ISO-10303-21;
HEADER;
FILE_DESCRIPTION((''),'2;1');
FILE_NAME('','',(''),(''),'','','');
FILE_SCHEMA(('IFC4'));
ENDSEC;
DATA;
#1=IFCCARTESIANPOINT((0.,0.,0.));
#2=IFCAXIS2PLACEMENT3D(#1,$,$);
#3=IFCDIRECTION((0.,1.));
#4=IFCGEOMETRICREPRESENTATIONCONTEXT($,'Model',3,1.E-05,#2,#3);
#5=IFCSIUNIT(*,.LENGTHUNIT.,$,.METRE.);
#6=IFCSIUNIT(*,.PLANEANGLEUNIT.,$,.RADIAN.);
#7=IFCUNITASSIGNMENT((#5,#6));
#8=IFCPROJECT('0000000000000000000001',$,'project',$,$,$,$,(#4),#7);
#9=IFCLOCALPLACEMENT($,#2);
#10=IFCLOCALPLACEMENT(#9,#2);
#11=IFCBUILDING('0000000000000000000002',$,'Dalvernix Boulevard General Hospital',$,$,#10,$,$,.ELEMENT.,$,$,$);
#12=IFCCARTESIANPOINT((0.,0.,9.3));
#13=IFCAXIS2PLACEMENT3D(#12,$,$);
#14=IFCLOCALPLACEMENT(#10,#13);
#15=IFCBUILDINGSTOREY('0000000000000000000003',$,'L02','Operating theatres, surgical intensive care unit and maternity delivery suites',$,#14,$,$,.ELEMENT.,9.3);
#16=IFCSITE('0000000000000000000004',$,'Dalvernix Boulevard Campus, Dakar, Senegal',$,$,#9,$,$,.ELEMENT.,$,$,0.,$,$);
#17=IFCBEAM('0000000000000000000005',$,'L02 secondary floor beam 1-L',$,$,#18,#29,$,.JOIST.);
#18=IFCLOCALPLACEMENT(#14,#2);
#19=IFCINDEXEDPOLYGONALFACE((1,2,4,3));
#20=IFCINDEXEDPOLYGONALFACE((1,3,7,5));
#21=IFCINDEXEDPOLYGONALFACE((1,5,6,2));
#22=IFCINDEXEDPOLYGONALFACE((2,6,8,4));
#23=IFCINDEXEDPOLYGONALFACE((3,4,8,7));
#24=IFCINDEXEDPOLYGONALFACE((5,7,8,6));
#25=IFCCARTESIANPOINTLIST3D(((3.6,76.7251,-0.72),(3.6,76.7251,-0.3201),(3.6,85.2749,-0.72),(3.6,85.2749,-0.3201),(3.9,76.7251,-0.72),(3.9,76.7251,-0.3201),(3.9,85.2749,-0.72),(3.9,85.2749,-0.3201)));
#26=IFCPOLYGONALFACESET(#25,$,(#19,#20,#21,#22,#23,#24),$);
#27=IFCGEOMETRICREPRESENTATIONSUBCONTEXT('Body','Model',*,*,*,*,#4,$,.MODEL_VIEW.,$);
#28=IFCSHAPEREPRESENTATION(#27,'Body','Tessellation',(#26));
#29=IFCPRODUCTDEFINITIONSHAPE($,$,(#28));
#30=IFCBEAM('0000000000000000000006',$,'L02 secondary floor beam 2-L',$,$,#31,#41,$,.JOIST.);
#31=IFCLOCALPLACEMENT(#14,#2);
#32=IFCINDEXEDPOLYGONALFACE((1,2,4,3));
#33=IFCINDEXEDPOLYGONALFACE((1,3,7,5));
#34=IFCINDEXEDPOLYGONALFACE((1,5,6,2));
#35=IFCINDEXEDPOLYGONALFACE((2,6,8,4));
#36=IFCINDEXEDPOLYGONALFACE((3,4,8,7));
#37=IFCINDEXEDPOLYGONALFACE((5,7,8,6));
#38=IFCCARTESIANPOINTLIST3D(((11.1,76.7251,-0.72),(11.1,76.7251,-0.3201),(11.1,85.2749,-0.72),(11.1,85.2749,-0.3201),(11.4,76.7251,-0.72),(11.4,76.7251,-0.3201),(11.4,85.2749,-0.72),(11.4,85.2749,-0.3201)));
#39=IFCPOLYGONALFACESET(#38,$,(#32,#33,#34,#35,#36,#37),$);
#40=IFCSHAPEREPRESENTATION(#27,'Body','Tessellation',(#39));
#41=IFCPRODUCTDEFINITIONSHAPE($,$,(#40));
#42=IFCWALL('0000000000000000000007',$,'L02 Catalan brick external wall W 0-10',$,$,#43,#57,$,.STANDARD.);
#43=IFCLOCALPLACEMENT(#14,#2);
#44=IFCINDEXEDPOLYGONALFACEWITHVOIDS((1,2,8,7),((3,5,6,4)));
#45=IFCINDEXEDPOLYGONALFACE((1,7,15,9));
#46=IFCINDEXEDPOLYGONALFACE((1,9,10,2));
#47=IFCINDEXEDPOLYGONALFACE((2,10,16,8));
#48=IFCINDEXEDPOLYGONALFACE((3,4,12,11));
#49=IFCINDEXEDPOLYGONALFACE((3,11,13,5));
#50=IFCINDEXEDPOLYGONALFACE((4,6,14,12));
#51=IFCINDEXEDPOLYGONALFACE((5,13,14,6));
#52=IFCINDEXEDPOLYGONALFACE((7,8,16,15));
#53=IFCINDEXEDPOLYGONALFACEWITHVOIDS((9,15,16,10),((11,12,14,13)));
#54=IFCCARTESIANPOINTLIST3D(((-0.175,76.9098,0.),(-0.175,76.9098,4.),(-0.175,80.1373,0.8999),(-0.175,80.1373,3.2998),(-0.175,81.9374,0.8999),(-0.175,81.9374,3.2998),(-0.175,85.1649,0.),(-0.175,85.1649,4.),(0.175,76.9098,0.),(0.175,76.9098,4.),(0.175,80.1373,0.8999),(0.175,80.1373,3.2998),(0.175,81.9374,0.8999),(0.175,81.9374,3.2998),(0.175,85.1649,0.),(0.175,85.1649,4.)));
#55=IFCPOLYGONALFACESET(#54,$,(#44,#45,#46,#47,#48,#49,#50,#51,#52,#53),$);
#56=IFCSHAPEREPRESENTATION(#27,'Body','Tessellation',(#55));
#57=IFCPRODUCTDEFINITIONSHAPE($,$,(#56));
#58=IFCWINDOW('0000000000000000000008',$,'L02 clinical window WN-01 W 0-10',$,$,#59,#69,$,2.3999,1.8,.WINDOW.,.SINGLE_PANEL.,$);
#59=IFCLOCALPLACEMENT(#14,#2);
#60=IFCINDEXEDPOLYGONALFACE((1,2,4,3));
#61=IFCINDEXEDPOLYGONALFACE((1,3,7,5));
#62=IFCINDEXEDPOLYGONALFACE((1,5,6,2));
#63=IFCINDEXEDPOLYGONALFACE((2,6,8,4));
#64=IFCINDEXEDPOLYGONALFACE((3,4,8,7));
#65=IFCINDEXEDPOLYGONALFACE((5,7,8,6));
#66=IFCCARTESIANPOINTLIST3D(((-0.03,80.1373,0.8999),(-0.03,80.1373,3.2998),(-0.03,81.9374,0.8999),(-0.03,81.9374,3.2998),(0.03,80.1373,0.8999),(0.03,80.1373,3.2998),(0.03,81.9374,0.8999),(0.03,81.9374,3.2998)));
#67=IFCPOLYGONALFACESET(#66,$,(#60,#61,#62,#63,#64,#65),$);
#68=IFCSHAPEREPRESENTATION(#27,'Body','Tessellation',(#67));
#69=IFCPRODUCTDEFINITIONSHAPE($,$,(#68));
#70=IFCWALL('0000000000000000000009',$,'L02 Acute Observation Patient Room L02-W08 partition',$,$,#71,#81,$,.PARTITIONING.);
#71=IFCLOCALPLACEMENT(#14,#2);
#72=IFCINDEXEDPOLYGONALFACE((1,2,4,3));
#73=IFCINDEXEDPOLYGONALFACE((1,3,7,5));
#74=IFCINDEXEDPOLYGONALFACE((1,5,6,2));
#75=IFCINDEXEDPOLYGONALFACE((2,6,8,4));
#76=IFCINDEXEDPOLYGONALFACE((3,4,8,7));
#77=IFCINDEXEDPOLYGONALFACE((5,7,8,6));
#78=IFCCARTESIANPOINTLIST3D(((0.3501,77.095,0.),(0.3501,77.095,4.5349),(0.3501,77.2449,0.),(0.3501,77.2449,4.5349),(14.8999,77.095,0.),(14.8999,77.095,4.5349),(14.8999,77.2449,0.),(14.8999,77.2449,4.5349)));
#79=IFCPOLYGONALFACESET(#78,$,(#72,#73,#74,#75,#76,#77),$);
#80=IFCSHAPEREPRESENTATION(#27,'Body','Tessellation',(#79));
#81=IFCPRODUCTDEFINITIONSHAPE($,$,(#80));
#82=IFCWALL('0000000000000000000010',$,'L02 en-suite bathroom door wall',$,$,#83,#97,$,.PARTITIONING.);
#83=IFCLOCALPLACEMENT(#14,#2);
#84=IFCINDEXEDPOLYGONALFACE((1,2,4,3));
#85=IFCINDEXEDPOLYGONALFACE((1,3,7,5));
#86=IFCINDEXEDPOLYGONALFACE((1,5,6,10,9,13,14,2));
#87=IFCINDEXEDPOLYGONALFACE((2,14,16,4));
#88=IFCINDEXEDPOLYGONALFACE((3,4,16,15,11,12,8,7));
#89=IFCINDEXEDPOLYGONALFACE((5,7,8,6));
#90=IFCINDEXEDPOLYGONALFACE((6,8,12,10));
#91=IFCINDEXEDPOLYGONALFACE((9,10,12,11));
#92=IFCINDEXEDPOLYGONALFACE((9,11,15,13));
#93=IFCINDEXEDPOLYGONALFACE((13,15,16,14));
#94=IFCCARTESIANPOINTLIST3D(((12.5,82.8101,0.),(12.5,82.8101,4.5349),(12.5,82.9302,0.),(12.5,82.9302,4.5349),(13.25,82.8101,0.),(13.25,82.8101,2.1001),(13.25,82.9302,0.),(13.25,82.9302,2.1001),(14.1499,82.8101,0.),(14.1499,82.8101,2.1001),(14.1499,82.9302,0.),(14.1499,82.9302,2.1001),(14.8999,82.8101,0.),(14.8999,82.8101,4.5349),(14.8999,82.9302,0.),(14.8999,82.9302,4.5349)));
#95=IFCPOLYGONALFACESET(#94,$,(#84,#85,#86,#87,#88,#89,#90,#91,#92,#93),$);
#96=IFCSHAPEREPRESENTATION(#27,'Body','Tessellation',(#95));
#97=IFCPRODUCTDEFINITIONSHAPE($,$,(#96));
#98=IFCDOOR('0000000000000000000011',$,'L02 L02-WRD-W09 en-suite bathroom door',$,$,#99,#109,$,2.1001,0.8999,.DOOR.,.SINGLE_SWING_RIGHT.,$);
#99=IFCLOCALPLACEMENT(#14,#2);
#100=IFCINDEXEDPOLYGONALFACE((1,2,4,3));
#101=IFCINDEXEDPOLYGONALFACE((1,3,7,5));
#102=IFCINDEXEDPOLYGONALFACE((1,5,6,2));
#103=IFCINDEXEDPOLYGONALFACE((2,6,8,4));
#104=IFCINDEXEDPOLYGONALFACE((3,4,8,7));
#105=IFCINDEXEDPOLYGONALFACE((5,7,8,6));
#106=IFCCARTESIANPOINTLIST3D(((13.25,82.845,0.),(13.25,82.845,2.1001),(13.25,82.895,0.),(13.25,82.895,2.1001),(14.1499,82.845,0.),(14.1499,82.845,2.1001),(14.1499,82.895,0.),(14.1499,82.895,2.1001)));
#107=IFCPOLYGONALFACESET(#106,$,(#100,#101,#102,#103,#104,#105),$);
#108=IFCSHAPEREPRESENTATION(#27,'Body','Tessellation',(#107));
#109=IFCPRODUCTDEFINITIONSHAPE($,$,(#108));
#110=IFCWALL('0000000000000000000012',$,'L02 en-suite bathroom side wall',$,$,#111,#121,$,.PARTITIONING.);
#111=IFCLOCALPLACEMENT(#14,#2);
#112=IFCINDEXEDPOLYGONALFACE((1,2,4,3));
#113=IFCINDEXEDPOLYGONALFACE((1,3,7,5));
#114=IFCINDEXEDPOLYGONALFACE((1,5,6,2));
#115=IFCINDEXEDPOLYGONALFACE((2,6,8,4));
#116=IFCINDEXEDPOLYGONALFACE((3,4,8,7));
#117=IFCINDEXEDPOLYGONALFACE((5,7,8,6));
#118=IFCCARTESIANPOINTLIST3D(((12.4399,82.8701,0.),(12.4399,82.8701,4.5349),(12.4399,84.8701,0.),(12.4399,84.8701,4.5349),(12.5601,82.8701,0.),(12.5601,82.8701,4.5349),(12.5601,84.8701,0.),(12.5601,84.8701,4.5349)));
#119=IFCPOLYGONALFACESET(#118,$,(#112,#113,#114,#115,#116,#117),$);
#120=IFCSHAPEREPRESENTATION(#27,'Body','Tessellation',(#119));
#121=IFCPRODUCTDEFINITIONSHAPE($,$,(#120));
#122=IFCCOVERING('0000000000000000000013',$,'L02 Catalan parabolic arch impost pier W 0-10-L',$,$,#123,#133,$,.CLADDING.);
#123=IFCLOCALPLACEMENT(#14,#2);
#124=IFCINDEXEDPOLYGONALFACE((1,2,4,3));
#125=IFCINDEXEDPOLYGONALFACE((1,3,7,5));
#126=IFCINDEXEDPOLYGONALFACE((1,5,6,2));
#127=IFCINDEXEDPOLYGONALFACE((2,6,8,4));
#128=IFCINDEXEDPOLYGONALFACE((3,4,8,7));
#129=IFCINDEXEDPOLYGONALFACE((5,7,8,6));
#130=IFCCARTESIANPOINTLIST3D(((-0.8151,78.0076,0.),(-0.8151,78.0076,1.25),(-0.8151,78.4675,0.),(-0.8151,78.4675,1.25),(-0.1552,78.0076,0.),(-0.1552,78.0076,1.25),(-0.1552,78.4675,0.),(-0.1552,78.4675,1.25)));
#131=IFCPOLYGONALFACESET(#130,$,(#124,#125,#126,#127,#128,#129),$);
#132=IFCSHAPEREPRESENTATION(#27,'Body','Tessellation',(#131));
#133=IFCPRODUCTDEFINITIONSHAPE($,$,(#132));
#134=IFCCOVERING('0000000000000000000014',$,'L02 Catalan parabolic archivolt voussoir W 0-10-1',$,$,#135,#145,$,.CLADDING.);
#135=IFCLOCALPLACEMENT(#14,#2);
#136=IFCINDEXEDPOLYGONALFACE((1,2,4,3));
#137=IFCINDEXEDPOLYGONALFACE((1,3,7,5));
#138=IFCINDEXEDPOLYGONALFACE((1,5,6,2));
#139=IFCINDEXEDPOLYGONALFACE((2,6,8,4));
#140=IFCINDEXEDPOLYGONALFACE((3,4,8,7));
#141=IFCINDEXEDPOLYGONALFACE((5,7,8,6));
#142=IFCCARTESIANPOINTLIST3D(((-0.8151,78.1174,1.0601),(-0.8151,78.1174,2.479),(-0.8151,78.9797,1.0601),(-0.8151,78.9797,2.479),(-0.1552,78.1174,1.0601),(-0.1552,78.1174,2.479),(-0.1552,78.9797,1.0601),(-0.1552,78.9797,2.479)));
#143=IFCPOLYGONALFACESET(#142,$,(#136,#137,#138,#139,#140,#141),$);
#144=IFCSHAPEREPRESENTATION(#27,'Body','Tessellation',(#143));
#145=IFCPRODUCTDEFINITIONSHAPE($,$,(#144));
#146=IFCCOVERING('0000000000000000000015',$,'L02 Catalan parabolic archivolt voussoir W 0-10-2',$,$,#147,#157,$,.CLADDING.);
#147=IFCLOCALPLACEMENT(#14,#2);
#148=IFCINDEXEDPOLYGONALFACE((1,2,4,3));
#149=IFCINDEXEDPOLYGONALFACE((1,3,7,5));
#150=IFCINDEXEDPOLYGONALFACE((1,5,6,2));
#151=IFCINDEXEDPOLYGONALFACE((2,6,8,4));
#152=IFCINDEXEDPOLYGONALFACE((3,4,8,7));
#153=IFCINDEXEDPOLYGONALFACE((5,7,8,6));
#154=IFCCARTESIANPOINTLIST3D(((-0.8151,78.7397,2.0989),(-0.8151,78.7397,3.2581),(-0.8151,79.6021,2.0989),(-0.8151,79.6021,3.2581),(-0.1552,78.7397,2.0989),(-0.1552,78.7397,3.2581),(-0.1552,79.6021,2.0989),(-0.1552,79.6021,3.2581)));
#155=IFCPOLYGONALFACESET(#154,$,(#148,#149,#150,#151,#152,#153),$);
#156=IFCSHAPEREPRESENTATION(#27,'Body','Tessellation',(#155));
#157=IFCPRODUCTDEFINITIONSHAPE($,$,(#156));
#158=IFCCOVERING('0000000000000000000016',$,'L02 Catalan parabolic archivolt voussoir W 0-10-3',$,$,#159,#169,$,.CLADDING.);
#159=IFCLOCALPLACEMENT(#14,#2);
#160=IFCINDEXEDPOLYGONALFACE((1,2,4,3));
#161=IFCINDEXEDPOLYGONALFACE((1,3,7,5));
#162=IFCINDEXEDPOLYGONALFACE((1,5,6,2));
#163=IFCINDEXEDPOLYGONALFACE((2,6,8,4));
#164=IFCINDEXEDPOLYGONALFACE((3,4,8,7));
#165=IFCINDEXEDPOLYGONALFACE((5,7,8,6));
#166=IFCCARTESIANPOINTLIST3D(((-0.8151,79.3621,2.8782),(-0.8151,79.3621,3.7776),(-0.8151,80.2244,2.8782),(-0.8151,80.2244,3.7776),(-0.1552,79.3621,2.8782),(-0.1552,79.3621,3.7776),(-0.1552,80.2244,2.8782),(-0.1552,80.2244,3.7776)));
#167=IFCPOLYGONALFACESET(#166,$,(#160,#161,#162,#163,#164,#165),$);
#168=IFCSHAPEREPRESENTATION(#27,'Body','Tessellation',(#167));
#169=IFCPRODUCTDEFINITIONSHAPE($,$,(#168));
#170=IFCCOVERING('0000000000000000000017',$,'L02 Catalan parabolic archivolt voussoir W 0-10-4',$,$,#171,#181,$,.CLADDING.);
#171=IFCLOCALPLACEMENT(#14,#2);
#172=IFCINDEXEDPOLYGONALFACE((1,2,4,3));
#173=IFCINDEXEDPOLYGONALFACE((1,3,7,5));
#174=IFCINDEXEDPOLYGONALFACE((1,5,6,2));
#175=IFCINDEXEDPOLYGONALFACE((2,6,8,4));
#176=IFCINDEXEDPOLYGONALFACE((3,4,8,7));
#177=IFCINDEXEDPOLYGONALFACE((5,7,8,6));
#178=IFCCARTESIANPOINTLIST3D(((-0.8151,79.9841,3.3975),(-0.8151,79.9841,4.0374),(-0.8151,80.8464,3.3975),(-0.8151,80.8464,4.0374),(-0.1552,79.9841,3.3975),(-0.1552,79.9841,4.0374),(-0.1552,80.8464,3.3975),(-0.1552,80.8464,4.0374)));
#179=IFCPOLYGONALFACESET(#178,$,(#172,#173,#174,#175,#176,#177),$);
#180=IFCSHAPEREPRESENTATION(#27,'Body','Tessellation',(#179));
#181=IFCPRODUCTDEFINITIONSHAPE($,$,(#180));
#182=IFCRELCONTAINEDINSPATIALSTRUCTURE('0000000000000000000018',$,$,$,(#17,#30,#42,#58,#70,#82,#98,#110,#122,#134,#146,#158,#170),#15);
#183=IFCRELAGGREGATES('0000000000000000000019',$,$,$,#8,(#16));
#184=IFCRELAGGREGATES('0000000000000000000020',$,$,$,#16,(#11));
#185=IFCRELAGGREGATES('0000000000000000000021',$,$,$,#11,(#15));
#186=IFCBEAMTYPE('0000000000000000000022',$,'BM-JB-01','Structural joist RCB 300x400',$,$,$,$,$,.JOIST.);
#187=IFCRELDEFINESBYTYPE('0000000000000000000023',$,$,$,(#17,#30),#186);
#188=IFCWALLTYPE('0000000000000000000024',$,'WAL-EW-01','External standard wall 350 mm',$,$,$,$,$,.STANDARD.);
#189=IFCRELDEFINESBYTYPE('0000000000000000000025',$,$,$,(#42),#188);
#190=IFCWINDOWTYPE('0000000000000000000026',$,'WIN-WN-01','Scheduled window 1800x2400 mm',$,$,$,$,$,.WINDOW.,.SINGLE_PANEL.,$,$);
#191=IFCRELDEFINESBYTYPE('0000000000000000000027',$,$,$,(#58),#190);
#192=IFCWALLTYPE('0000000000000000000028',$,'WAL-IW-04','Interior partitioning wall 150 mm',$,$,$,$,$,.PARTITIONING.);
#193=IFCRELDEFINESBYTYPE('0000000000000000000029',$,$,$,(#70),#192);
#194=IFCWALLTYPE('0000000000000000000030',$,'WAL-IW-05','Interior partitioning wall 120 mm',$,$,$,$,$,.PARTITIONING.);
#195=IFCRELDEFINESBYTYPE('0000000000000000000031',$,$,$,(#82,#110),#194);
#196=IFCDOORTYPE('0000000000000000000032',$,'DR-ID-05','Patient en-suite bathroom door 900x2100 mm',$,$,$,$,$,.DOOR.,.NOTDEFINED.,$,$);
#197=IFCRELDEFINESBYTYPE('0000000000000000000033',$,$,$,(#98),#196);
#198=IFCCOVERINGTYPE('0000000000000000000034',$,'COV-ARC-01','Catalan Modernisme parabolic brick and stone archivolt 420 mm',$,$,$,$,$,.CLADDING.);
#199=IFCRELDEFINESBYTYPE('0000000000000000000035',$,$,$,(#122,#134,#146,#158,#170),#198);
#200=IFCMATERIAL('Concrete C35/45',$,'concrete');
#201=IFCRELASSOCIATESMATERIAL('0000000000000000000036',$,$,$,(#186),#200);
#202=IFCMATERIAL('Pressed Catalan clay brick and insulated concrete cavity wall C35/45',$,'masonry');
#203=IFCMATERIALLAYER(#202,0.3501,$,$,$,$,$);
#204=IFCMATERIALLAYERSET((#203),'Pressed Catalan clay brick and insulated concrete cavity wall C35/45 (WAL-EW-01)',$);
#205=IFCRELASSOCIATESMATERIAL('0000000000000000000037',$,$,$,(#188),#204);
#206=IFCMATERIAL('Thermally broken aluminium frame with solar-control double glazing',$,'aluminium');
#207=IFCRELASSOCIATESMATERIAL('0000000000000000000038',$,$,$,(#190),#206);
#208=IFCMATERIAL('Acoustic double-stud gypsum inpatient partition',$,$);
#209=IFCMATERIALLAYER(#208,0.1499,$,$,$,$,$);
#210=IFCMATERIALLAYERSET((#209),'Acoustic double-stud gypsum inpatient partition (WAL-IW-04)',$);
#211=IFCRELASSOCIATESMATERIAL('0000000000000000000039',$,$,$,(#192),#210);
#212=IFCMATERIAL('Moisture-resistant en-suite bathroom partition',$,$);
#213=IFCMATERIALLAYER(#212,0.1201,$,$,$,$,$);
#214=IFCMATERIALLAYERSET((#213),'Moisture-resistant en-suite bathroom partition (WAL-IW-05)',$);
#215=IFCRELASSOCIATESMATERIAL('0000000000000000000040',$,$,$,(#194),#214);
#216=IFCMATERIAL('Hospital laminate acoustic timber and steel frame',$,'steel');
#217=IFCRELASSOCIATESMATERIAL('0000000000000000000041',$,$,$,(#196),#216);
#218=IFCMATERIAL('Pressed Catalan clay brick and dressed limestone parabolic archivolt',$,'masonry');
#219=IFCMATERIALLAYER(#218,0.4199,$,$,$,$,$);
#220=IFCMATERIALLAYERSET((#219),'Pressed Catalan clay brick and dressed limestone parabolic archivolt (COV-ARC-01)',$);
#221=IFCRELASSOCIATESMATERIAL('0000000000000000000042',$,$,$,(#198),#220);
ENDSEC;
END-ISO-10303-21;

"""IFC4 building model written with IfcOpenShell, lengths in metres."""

from ifc_helpers import new_model, si_unit, direction, frame, frame_2d, origin, origin_2d, place, context, subcontext, project, spatial, rectangle, extrude, material, layer, layer_set, material_profile, profile_set, type_object, element, fill, save


model = new_model("IFC4")

# Units and contexts
model_context = context("Model", 3, precision=1e-05, world=origin(), true_north=direction((0.0, 1.0)))
body_context = subcontext(model_context, "Body", "Model", "MODEL_VIEW")
ifc_project = project(units=[si_unit("LENGTHUNIT", "METRE"), si_unit("PLANEANGLEUNIT", "RADIAN")], contexts=[model_context])

# Site, building, storey
site_placement = place(None, origin())
site = spatial("IfcSite", under=ifc_project, at=site_placement, Name="Dalvernix Boulevard Campus, Dakar, Senegal", CompositionType="ELEMENT", RefElevation=0.0)
building_placement = place(site_placement, origin())
building = spatial("IfcBuilding", under=site, at=building_placement, Name="Dalvernix Boulevard General Hospital", CompositionType="ELEMENT")
storey_placement = place(building_placement, frame((0.0, 0.0, 9.3)))
storey = spatial("IfcBuildingStorey", under=building, at=storey_placement, Name="L02", Description="Operating theatres, surgical intensive care unit and maternity delivery suites", CompositionType="ELEMENT", Elevation=9.3)

# Beams
ifc_material_1 = material(Name="Concrete C35/45", Category="concrete")
ifc_material_profile = material_profile(ifc_material_1, rectangle(XDim=0.3, YDim=0.3999, at=origin_2d()), Name="RCB 300x400")
ifc_profile_set = profile_set([ifc_material_profile], Name="Concrete C35/45")
beam_type = type_object("IfcBeamType", Name="BM-JB-01", Description="Structural joist RCB 300x400", PredefinedType="JOIST", material=ifc_profile_set)
for number, where, z_axis, x_axis, name in (
    (1, (3.75, 76.7251, -0.52), (0.0, 1.0, 0.0), (-1.0, 0.0, 0.0), "L02 secondary floor beam 1-L"),
    (2, (11.25, 76.7251, -0.52), (0.0, 1.0, 0.0), (-1.0, 0.0, 0.0), "L02 secondary floor beam 2-L"),
):
    element("IfcBeam", number, at=place(storey_placement, frame(where, z_axis=z_axis, x_axis=x_axis)), inside=storey, type_object=beam_type, Name=name, PredefinedType="JOIST", context=body_context, shape_type="SweptSolid", body=[
        extrude(rectangle(XDim=0.3, YDim=0.3999, at=origin_2d()), origin(), (0.0, 0.0, 1.0), 8.5498),
    ])

# Wall, opening, window
ifc_material_2 = material(Name="Pressed Catalan clay brick and insulated concrete cavity wall C35/45", Category="masonry")
ifc_layer_1 = layer(ifc_material_2, 0.3501)
ifc_layer_set_1 = layer_set([ifc_layer_1], Name="Pressed Catalan clay brick and insulated concrete cavity wall C35/45 (WAL-EW-01)")
wall_type_1 = type_object("IfcWallType", Name="WAL-EW-01", Description="External standard wall 350 mm", PredefinedType="STANDARD", material=ifc_layer_set_1)
wall_1_placement = place(storey_placement, frame((0.0, 76.9099, 0.0), z_axis=(0.0, 0.0, 1.0), x_axis=(0.0, 1.0, 0.0)))
wall_1 = element("IfcWall", 3, at=wall_1_placement, inside=storey, type_object=wall_type_1, Name="L02 Catalan brick external wall W 0-10", PredefinedType="STANDARD", context=body_context, shape_type="SweptSolid", body=[
    extrude(rectangle(XDim=8.2551, YDim=0.3501, at=frame_2d((4.1274, 0.0))), origin(), (0.0, 0.0, 1.0), 4.0),
])
opening_1_placement = place(wall_1_placement, frame((3.2275, 0.0, 0.8999)))
opening_1 = element("IfcOpeningElement", 4, at=opening_1_placement, cuts=wall_1, PredefinedType="OPENING", context=body_context, shape_type="SweptSolid", body=[
    extrude(rectangle(XDim=1.8, YDim=2.3999, at=frame_2d((0.8999, 1.2))), frame((0.0, 0.1851, 0.0), z_axis=(0.0, -1.0, 0.0), x_axis=(1.0, 0.0, 0.0)), (0.0, 0.0, 1.0), 0.3701),
])
ifc_material_3 = material(Name="Thermally broken aluminium frame with solar-control double glazing", Category="aluminium")
window_type = type_object("IfcWindowType", Name="WIN-WN-01", Description="Scheduled window 1800x2400 mm", PartitioningType="SINGLE_PANEL", PredefinedType="WINDOW", material=ifc_material_3)
window_placement = place(opening_1_placement, origin())
window = element("IfcWindow", 5, at=window_placement, inside=storey, type_object=window_type, Name="L02 clinical window WN-01 W 0-10", OverallHeight=2.3999, OverallWidth=1.8, PartitioningType="SINGLE_PANEL", PredefinedType="WINDOW", context=body_context, shape_type="SweptSolid", body=[
    extrude(rectangle(XDim=1.8, YDim=2.3999, at=frame_2d((0.8999, 1.2))), frame((0.0, 0.03, 0.0), z_axis=(0.0, -1.0, 0.0), x_axis=(1.0, 0.0, 0.0)), (0.0, 0.0, 1.0), 0.0601),
])
fill(opening_1, window)

# Wall
ifc_material_4 = material(Name="Acoustic double-stud gypsum inpatient partition")
ifc_layer_2 = layer(ifc_material_4, 0.1499)
ifc_layer_set_2 = layer_set([ifc_layer_2], Name="Acoustic double-stud gypsum inpatient partition (WAL-IW-04)")
wall_type_2 = type_object("IfcWallType", Name="WAL-IW-04", Description="Interior partitioning wall 150 mm", PredefinedType="PARTITIONING", material=ifc_layer_set_2)
wall_2_placement = place(storey_placement, frame((0.3501, 77.1699, 0.0), z_axis=(0.0, 0.0, 1.0), x_axis=(1.0, 0.0, 0.0)))
element("IfcWall", 6, at=wall_2_placement, inside=storey, type_object=wall_type_2, Name="L02 Acute Observation Patient Room L02-W08 partition", PredefinedType="PARTITIONING", context=body_context, shape_type="SweptSolid", body=[
    extrude(rectangle(XDim=14.5498, YDim=0.1499, at=frame_2d((7.2749, 0.0))), origin(), (0.0, 0.0, 1.0), 4.5349),
])

# Wall, opening, door
ifc_material_5 = material(Name="Moisture-resistant en-suite bathroom partition")
ifc_layer_3 = layer(ifc_material_5, 0.1201)
ifc_layer_set_3 = layer_set([ifc_layer_3], Name="Moisture-resistant en-suite bathroom partition (WAL-IW-05)")
wall_type_3 = type_object("IfcWallType", Name="WAL-IW-05", Description="Interior partitioning wall 120 mm", PredefinedType="PARTITIONING", material=ifc_layer_set_3)
wall_3_placement = place(storey_placement, frame((12.5, 82.8701, 0.0), z_axis=(0.0, 0.0, 1.0), x_axis=(1.0, 0.0, 0.0)))
wall_3 = element("IfcWall", 7, at=wall_3_placement, inside=storey, type_object=wall_type_3, Name="L02 en-suite bathroom door wall", PredefinedType="PARTITIONING", context=body_context, shape_type="SweptSolid", body=[
    extrude(rectangle(XDim=2.3999, YDim=0.1201, at=frame_2d((1.2, 0.0))), origin(), (0.0, 0.0, 1.0), 4.5349),
])
opening_2_placement = place(wall_3_placement, frame((0.75, 0.0, 0.0)))
opening_2 = element("IfcOpeningElement", 8, at=opening_2_placement, cuts=wall_3, PredefinedType="OPENING", context=body_context, shape_type="SweptSolid", body=[
    extrude(rectangle(XDim=0.8999, YDim=2.1001, at=frame_2d((0.45, 1.05))), frame((0.0, 0.0701, 0.0), z_axis=(0.0, -1.0, 0.0), x_axis=(1.0, 0.0, 0.0)), (0.0, 0.0, 1.0), 0.1401),
])
ifc_material_6 = material(Name="Hospital laminate acoustic timber and steel frame", Category="steel")
door_type = type_object("IfcDoorType", Name="DR-ID-05", Description="Patient en-suite bathroom door 900x2100 mm", OperationType="NOTDEFINED", PredefinedType="DOOR", material=ifc_material_6)
door_placement = place(opening_2_placement, origin())
door = element("IfcDoor", 9, at=door_placement, inside=storey, type_object=door_type, Name="L02 L02-WRD-W09 en-suite bathroom door", OperationType="SINGLE_SWING_RIGHT", OverallHeight=2.1001, OverallWidth=0.8999, PredefinedType="DOOR", context=body_context, shape_type="SweptSolid", body=[
    extrude(rectangle(XDim=0.8999, YDim=2.1001, at=frame_2d((0.45, 1.05))), frame((0.0, 0.0249, 0.0), z_axis=(0.0, -1.0, 0.0), x_axis=(1.0, 0.0, 0.0)), (0.0, 0.0, 1.0), 0.05),
])
fill(opening_2, door)

# Wall
wall_4_placement = place(storey_placement, frame((12.5, 82.8701, 0.0), z_axis=(0.0, 0.0, 1.0), x_axis=(0.0, 1.0, 0.0)))
element("IfcWall", 10, at=wall_4_placement, inside=storey, type_object=wall_type_3, Name="L02 en-suite bathroom side wall", PredefinedType="PARTITIONING", context=body_context, shape_type="SweptSolid", body=[
    extrude(rectangle(XDim=2.0, YDim=0.1201, at=frame_2d((1.0, 0.0))), origin(), (0.0, 0.0, 1.0), 4.5349),
])

# Coverings
ifc_material_7 = material(Name="Pressed Catalan clay brick and dressed limestone parabolic archivolt", Category="masonry")
ifc_layer_4 = layer(ifc_material_7, 0.4199)
ifc_layer_set_4 = layer_set([ifc_layer_4], Name="Pressed Catalan clay brick and dressed limestone parabolic archivolt (COV-ARC-01)")
covering_type_1 = type_object("IfcCoveringType", Name="COV-ARC-01", Description="Catalan Modernisme parabolic brick and stone archivolt 420 mm", PredefinedType="CLADDING", material=ifc_layer_set_4)
covering_1_placement = place(storey_placement, frame((-0.4851, 78.2375, 0.0), z_axis=(0.0, 0.0, 1.0), x_axis=(0.0, 1.0, 0.0)))
element("IfcCovering", 11, at=covering_1_placement, inside=storey, type_object=covering_type_1, Name="L02 Catalan parabolic arch impost pier W 0-10-L", PredefinedType="CLADDING", context=body_context, shape_type="SweptSolid", body=[
    extrude(rectangle(XDim=0.46, YDim=0.6599, at=origin_2d()), origin(), (0.0, 0.0, 1.0), 1.25),
])
covering_2_placement = place(storey_placement, frame((-0.4851, 78.5486, 1.0601), z_axis=(0.0, 0.0, 1.0), x_axis=(0.0, 1.0, 0.0)))
element("IfcCovering", 12, at=covering_2_placement, inside=storey, type_object=covering_type_1, Name="L02 Catalan parabolic archivolt voussoir W 0-10-1", PredefinedType="CLADDING", context=body_context, shape_type="SweptSolid", body=[
    extrude(rectangle(XDim=0.8623, YDim=0.6599, at=origin_2d()), origin(), (0.0, 0.0, 1.0), 1.4189),
])
covering_3_placement = place(storey_placement, frame((-0.4851, 79.1709, 2.0989), z_axis=(0.0, 0.0, 1.0), x_axis=(0.0, 1.0, 0.0)))
element("IfcCovering", 13, at=covering_3_placement, inside=storey, type_object=covering_type_1, Name="L02 Catalan parabolic archivolt voussoir W 0-10-2", PredefinedType="CLADDING", context=body_context, shape_type="SweptSolid", body=[
    extrude(rectangle(XDim=0.8623, YDim=0.6599, at=origin_2d()), origin(), (0.0, 0.0, 1.0), 1.1592),
])
covering_4_placement = place(storey_placement, frame((-0.4851, 79.7932, 2.8782), z_axis=(0.0, 0.0, 1.0), x_axis=(0.0, 1.0, 0.0)))
element("IfcCovering", 14, at=covering_4_placement, inside=storey, type_object=covering_type_1, Name="L02 Catalan parabolic archivolt voussoir W 0-10-3", PredefinedType="CLADDING", context=body_context, shape_type="SweptSolid", body=[
    extrude(rectangle(XDim=0.8623, YDim=0.6599, at=origin_2d()), origin(), (0.0, 0.0, 1.0), 0.8994),
])
covering_5_placement = place(storey_placement, frame((-0.4851, 80.4153, 3.3975), z_axis=(0.0, 0.0, 1.0), x_axis=(0.0, 1.0, 0.0)))
element("IfcCovering", 15, at=covering_5_placement, inside=storey, type_object=covering_type_1, Name="L02 Catalan parabolic archivolt voussoir W 0-10-4", PredefinedType="CLADDING", context=body_context, shape_type="SweptSolid", body=[
    extrude(rectangle(XDim=0.8623, YDim=0.6599, at=origin_2d()), origin(), (0.0, 0.0, 1.0), 0.6399),
])

save(model, "model.ifc")
